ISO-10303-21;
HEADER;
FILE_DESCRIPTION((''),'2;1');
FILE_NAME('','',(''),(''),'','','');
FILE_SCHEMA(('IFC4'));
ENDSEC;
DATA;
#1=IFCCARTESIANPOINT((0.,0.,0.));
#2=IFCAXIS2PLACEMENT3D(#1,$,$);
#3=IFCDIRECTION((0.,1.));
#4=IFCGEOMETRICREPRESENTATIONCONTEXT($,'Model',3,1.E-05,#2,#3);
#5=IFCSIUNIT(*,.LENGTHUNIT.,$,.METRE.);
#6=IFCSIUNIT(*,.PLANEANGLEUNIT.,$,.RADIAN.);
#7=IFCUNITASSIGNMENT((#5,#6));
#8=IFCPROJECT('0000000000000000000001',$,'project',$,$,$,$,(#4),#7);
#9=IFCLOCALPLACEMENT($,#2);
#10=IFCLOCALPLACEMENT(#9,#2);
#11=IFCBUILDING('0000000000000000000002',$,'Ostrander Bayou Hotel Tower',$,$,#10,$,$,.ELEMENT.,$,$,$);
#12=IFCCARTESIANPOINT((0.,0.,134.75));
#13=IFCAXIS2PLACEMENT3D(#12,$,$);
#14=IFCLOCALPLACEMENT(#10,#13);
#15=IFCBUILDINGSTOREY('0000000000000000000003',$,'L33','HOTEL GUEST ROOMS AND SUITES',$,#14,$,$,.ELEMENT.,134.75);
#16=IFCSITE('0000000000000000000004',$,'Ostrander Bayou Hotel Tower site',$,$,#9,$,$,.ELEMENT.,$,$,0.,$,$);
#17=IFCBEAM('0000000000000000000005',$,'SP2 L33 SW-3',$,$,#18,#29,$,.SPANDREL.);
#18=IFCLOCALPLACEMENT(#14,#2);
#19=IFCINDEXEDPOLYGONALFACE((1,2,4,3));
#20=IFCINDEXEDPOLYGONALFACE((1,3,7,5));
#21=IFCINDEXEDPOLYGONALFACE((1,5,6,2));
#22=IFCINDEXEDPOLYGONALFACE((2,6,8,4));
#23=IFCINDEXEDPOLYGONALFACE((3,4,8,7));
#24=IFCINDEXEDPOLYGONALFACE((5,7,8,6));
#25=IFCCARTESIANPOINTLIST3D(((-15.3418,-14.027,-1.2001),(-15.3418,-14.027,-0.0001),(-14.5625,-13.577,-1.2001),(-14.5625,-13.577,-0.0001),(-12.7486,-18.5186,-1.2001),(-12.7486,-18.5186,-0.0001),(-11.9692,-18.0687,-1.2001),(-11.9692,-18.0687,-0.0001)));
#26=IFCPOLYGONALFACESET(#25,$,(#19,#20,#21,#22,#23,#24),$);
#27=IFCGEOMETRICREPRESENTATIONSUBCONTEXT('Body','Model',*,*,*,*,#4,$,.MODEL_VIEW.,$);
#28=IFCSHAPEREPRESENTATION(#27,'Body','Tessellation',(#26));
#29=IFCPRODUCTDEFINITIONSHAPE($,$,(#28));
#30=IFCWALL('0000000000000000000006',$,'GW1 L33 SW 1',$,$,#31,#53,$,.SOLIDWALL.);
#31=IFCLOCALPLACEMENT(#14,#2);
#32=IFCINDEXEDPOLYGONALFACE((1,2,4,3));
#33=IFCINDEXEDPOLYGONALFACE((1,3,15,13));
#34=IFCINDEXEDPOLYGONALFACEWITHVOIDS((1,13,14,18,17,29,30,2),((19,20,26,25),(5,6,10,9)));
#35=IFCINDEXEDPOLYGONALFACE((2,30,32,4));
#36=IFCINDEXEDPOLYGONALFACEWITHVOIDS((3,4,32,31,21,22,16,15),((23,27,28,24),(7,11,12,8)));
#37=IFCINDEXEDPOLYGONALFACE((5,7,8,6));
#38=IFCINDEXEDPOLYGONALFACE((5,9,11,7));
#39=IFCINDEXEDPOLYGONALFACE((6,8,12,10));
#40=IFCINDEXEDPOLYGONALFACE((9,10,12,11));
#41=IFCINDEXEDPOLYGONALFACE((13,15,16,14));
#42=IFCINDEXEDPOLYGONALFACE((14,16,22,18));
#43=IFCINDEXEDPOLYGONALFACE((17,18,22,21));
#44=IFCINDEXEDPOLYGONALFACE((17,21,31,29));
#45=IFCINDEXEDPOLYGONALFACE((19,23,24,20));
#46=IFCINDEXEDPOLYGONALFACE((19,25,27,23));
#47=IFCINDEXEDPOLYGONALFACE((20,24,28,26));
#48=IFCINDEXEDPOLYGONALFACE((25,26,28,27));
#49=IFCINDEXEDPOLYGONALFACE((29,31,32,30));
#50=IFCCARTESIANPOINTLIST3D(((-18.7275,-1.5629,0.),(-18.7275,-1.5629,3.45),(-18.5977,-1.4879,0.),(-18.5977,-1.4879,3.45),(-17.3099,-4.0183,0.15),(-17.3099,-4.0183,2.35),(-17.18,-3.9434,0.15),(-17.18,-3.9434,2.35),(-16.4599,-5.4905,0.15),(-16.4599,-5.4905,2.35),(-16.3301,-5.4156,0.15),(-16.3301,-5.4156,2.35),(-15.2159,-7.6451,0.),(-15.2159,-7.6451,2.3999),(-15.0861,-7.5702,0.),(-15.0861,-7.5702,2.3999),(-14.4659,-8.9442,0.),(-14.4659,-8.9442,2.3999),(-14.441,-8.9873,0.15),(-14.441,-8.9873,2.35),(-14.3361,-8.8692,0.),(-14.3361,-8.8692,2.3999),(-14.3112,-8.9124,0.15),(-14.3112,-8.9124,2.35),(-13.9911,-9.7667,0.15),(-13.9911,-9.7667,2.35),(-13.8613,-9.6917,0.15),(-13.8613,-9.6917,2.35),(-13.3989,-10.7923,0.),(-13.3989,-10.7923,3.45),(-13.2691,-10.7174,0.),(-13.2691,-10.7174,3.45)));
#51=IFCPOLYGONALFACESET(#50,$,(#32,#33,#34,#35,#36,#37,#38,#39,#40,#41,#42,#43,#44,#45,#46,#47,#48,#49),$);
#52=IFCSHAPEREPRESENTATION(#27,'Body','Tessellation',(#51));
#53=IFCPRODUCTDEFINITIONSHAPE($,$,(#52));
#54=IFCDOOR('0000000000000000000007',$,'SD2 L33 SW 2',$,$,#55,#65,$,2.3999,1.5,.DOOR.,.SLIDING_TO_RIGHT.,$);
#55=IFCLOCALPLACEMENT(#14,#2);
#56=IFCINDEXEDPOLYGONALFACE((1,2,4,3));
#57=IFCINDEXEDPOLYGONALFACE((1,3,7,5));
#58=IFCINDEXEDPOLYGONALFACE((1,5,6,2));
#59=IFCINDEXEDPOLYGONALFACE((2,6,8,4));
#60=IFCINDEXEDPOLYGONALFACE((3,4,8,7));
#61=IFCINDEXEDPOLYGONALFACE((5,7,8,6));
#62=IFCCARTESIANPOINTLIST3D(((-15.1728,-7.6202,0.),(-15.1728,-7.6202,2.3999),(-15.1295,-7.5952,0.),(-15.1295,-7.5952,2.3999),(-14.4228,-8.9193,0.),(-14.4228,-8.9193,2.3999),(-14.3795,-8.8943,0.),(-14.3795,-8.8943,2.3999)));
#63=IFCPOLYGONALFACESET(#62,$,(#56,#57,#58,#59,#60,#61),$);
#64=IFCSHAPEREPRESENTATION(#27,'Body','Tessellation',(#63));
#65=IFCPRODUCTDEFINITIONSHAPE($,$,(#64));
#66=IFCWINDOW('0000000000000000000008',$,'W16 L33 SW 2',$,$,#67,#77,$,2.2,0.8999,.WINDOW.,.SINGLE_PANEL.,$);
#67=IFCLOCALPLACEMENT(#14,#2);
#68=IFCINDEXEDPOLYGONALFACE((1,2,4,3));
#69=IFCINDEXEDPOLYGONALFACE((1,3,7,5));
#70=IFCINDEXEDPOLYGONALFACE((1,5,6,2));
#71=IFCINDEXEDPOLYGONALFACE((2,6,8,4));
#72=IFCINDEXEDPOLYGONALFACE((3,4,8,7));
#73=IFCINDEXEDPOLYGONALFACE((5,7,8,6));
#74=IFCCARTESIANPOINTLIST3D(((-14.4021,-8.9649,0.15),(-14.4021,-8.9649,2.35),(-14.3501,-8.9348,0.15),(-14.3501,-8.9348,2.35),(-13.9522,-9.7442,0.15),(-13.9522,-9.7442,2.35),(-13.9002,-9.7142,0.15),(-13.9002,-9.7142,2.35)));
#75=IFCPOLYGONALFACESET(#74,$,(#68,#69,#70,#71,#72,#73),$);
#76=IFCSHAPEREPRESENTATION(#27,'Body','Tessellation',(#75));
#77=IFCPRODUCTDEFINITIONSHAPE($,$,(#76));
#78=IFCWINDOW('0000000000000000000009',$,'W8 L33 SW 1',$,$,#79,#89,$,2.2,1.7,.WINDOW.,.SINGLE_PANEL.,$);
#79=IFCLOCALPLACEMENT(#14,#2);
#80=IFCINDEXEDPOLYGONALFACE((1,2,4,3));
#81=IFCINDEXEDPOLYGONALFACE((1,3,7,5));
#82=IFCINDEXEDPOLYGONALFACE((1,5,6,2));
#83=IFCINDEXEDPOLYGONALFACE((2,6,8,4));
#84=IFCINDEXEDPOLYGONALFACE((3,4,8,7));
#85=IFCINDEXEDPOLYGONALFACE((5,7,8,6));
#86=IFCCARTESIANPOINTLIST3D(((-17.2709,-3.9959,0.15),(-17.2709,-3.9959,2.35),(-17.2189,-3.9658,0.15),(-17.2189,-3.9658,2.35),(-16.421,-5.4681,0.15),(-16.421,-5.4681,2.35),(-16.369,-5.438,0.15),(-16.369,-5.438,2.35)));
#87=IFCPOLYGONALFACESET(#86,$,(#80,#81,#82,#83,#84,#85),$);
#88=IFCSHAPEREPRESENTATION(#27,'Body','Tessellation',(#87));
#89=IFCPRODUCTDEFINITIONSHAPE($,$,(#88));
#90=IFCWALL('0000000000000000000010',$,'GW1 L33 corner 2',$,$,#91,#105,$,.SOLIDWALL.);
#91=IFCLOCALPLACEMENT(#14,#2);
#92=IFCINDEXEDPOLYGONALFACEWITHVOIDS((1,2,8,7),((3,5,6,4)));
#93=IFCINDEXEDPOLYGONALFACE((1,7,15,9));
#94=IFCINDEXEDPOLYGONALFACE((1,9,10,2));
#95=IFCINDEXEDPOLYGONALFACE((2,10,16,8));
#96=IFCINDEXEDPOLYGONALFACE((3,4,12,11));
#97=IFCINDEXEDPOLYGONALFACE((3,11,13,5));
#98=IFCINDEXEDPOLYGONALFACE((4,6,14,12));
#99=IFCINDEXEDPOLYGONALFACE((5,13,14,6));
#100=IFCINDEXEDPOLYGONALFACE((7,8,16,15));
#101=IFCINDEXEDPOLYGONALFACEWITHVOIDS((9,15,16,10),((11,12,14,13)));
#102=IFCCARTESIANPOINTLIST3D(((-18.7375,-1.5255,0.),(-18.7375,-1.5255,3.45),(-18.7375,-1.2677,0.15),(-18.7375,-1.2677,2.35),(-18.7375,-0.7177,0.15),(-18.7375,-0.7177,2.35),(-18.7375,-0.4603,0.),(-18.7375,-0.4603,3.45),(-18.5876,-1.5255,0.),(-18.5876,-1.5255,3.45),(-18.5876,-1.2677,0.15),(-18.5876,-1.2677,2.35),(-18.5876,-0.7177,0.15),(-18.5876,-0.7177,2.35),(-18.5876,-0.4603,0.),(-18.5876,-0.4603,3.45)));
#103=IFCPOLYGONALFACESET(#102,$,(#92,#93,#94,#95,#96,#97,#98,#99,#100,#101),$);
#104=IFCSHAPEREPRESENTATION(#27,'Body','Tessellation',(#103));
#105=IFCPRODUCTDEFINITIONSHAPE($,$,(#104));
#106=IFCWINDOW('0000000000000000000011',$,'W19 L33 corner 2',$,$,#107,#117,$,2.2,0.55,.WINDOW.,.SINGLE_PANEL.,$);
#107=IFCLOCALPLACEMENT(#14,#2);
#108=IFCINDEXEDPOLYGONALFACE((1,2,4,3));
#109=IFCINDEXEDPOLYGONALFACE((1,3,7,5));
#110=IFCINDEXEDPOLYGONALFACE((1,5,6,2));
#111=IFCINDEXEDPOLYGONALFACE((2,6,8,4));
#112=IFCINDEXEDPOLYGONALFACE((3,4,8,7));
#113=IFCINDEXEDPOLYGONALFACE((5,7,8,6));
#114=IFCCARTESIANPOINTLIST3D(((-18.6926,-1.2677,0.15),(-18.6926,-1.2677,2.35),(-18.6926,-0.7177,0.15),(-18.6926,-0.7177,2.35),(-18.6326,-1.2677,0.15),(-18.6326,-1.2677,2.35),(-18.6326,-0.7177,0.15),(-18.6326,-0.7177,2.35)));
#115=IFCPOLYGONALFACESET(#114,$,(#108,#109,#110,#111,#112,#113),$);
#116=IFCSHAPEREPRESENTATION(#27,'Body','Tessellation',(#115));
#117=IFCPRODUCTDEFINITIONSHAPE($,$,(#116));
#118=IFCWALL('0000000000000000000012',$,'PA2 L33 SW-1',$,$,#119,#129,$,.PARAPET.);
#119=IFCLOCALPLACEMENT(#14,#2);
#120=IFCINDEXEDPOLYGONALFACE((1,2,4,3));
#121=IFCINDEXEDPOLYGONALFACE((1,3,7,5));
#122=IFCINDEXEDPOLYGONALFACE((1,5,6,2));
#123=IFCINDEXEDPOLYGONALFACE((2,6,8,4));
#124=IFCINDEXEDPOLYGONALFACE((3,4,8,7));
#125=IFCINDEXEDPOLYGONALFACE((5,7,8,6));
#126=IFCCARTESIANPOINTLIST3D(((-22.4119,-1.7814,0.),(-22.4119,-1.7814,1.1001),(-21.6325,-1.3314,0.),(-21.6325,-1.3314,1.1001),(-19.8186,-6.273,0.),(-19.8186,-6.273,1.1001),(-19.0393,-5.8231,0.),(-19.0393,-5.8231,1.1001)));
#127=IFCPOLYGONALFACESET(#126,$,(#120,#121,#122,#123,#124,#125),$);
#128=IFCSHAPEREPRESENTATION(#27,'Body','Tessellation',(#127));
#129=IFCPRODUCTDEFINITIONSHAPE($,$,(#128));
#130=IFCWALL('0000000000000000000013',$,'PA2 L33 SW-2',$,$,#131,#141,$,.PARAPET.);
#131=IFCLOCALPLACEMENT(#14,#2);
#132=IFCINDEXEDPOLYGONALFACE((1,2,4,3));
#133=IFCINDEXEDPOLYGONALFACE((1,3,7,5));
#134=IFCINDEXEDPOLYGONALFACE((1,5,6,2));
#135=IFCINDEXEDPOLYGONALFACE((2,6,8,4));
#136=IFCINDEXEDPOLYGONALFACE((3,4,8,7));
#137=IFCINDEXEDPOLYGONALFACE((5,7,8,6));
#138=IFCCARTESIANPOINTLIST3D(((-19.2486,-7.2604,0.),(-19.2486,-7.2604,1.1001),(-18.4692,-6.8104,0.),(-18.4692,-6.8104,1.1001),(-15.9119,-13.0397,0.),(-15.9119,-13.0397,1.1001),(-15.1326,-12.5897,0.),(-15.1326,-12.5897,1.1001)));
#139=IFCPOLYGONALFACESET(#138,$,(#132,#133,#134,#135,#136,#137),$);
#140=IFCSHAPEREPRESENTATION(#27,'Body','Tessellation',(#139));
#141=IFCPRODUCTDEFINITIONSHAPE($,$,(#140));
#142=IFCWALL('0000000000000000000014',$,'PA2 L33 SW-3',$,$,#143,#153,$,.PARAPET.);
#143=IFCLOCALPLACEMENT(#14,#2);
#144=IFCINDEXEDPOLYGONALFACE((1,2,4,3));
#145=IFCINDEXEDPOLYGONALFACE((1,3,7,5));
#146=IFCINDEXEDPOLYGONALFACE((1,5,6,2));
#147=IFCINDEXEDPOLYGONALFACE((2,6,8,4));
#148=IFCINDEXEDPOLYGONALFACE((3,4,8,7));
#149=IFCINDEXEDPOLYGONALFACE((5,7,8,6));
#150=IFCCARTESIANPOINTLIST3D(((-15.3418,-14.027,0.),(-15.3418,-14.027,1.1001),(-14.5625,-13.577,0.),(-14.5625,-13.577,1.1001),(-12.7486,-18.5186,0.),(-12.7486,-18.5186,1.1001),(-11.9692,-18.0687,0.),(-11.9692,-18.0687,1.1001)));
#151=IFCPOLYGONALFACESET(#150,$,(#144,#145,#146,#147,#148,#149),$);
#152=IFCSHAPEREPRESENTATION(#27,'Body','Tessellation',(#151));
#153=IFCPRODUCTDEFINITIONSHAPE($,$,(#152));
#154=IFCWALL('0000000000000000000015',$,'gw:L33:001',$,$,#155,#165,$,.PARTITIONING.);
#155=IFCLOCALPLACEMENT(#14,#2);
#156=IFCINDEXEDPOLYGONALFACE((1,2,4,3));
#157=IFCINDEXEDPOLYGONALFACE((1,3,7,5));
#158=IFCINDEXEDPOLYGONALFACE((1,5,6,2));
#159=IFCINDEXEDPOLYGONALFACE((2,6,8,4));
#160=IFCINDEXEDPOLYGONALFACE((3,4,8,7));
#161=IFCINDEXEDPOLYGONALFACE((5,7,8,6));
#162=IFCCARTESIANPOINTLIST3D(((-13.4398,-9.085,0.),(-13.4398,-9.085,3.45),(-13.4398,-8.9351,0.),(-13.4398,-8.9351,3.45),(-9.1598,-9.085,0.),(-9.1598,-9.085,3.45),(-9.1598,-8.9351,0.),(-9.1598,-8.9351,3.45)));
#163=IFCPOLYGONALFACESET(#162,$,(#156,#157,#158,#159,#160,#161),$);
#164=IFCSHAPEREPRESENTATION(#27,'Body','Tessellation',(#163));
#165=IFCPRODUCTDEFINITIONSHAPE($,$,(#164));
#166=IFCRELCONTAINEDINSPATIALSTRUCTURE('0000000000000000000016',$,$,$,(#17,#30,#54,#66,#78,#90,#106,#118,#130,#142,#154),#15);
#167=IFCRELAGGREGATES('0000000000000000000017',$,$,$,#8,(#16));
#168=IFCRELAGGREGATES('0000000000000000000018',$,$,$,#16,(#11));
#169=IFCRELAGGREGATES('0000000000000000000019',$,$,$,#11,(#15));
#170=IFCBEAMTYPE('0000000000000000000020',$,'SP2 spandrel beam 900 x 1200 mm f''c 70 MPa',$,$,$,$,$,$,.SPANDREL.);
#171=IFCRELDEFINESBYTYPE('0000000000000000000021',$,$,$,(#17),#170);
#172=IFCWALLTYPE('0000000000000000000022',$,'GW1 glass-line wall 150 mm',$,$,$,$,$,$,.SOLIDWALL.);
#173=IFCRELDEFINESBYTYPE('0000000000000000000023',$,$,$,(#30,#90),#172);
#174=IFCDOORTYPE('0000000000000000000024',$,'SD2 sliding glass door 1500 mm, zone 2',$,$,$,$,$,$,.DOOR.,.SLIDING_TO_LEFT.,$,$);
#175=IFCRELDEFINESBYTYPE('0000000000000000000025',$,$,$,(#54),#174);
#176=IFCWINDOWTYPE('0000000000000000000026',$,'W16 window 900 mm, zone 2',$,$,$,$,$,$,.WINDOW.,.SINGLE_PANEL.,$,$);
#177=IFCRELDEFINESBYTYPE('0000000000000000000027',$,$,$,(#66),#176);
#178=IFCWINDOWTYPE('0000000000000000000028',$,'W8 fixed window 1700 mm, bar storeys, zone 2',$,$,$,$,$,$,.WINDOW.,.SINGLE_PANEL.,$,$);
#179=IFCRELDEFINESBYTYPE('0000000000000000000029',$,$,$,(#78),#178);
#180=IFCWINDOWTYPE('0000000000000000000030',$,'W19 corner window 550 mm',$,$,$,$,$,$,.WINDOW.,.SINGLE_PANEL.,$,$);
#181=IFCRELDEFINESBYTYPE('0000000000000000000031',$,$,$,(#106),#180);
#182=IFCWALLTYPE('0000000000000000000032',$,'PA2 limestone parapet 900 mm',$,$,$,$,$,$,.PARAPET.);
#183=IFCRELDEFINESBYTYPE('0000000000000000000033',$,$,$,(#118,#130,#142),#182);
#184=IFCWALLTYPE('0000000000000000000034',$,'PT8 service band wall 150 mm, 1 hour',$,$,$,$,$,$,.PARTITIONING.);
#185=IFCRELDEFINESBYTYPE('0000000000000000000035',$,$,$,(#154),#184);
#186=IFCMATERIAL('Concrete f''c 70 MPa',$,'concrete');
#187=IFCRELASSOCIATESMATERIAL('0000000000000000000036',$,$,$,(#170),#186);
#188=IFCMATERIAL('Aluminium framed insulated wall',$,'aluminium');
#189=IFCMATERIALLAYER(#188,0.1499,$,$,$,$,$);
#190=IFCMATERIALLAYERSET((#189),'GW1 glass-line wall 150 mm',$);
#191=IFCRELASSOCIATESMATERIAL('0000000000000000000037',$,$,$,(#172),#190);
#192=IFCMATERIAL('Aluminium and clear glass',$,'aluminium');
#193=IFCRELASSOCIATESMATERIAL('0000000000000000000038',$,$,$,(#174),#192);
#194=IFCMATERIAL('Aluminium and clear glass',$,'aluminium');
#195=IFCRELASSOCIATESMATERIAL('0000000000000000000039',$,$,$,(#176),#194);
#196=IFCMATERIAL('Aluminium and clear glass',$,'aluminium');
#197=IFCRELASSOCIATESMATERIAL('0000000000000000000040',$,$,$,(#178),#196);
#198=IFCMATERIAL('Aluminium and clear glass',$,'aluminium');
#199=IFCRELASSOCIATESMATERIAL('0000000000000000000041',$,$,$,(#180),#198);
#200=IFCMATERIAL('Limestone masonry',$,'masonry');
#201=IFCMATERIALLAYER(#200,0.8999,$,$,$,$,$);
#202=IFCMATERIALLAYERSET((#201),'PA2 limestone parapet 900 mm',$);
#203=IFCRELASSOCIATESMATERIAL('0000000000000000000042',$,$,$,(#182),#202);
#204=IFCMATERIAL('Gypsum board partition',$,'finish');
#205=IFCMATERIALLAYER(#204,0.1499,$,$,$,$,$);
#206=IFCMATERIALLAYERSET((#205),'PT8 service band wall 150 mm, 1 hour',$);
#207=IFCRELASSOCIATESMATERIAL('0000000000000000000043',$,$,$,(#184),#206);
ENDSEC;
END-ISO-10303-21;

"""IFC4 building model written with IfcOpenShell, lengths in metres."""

from ifc_helpers import new_model, si_unit, direction, frame, frame_2d, origin, origin_2d, place, context, subcontext, project, spatial, rectangle, extrude, material, layer, layer_set, material_profile, profile_set, type_object, element, fill, save


model = new_model("IFC4")

# Units and contexts
model_context = context("Model", 3, precision=1e-05, world=origin(), true_north=direction((0.0, 1.0)))
body_context = subcontext(model_context, "Body", "Model", "MODEL_VIEW")
ifc_project = project(units=[si_unit("LENGTHUNIT", "METRE"), si_unit("PLANEANGLEUNIT", "RADIAN")], contexts=[model_context])

# Site, building, storey
site_placement = place(None, origin())
site = spatial("IfcSite", under=ifc_project, at=site_placement, Name="Ostrander Bayou Hotel Tower site", CompositionType="ELEMENT", RefElevation=0.0)
building_placement = place(site_placement, origin())
building = spatial("IfcBuilding", under=site, at=building_placement, Name="Ostrander Bayou Hotel Tower", CompositionType="ELEMENT")
storey_placement = place(building_placement, frame((0.0, 0.0, 134.75)))
storey = spatial("IfcBuildingStorey", under=building, at=storey_placement, Name="L33", Description="HOTEL GUEST ROOMS AND SUITES", CompositionType="ELEMENT", Elevation=134.75)

# Beam
ifc_material_1 = material(Name="Concrete f'c 70 MPa", Category="concrete")
ifc_material_profile_1 = material_profile(ifc_material_1, rectangle(XDim=0.8999, YDim=1.2, at=origin_2d()))
ifc_profile_set_1 = profile_set([ifc_material_profile_1], Name="Concrete f'c 70 MPa")
beam_type_1 = type_object("IfcBeamType", Name="SP2 spandrel beam 900 x 1200 mm f'c 70 MPa", PredefinedType="SPANDREL", material=ifc_profile_set_1)
beam_1_placement = place(storey_placement, frame((-14.9521, -13.802, -0.6001), z_axis=(0.499997, -0.866027, 0.0), x_axis=(0.866027, 0.499997, 0.0)))
element("IfcBeam", 1, at=beam_1_placement, inside=storey, type_object=beam_type_1, Name="SP2 L33 SW-3", PredefinedType="SPANDREL", context=body_context, shape_type="SweptSolid", body=[
    extrude(rectangle(XDim=0.8999, YDim=1.2, at=origin_2d()), origin(), (0.0, 0.0, 1.0), 5.1865),
])

# Wall, openings, door, windows
ifc_material_2 = material(Name="Aluminium framed insulated wall", Category="aluminium")
ifc_layer_1 = layer(ifc_material_2, 0.1499)
ifc_layer_set_1 = layer_set([ifc_layer_1], Name="GW1 glass-line wall 150 mm")
wall_type_1 = type_object("IfcWallType", Name="GW1 glass-line wall 150 mm", PredefinedType="SOLIDWALL", material=ifc_layer_set_1)
wall_1_placement = place(storey_placement, frame((-18.6626, -1.5254, 0.0), z_axis=(0.0, 0.0, 1.0), x_axis=(0.499997, -0.866027, 0.0)))
wall_1 = element("IfcWall", 2, at=wall_1_placement, inside=storey, type_object=wall_type_1, Name="GW1 L33 SW 1", PredefinedType="SOLIDWALL", context=body_context, shape_type="SweptSolid", body=[
    extrude(rectangle(XDim=10.6572, YDim=0.1499, at=frame_2d((5.3286, 0.0))), origin(), (0.0, 0.0, 1.0), 3.45),
])
opening_1_placement = place(wall_1_placement, frame((2.8352, 0.0, 0.1499)))
opening_1 = element("IfcOpeningElement", 3, at=opening_1_placement, cuts=wall_1, PredefinedType="OPENING", context=body_context, shape_type="SweptSolid", body=[
    extrude(rectangle(XDim=1.7, YDim=2.2, at=frame_2d((0.8501, 1.1001))), frame((0.0, 0.075, 0.0), z_axis=(0.0, -1.0, 0.0), x_axis=(1.0, 0.0, 0.0)), (0.0, 0.0, 1.0), 0.1499),
])
opening_2_placement = place(wall_1_placement, frame((8.573, 0.0, 0.1499)))
opening_2 = element("IfcOpeningElement", 4, at=opening_2_placement, cuts=wall_1, PredefinedType="OPENING", context=body_context, shape_type="SweptSolid", body=[
    extrude(rectangle(XDim=0.8999, YDim=2.2, at=frame_2d((0.45, 1.1001))), frame((0.0, 0.075, 0.0), z_axis=(0.0, -1.0, 0.0), x_axis=(1.0, 0.0, 0.0)), (0.0, 0.0, 1.0), 0.1499),
])
opening_3_placement = place(wall_1_placement, frame((7.0232, 0.0, 0.0)))
opening_3 = element("IfcOpeningElement", 5, at=opening_3_placement, cuts=wall_1, PredefinedType="OPENING", context=body_context, shape_type="SweptSolid", body=[
    extrude(rectangle(XDim=1.5, YDim=2.3999, at=frame_2d((0.75, 1.2))), frame((0.0, 0.075, 0.0), z_axis=(0.0, -1.0, 0.0), x_axis=(1.0, 0.0, 0.0)), (0.0, 0.0, 1.0), 0.1499),
])
ifc_material_3 = material(Name="Aluminium and clear glass", Category="aluminium")
door_type_1 = type_object("IfcDoorType", Name="SD2 sliding glass door 1500 mm, zone 2", OperationType="SLIDING_TO_LEFT", PredefinedType="DOOR", material=ifc_material_3)
door_1_placement = place(opening_3_placement, origin())
door_1 = element("IfcDoor", 6, at=door_1_placement, inside=storey, type_object=door_type_1, Name="SD2 L33 SW 2", OperationType="SLIDING_TO_RIGHT", OverallHeight=2.3999, OverallWidth=1.5, PredefinedType="DOOR", context=body_context, shape_type="SweptSolid", body=[
    extrude(rectangle(XDim=1.5, YDim=2.3999, at=frame_2d((0.75, 1.2))), frame((0.0, 0.0249, 0.0), z_axis=(0.0, -1.0, 0.0), x_axis=(1.0, 0.0, 0.0)), (0.0, 0.0, 1.0), 0.05),
])
fill(opening_3, door_1)
ifc_material_4 = material(Name="Aluminium and clear glass", Category="aluminium")
window_type_1 = type_object("IfcWindowType", Name="W16 window 900 mm, zone 2", PartitioningType="SINGLE_PANEL", PredefinedType="WINDOW", material=ifc_material_4)
window_1_placement = place(opening_2_placement, origin())
window_1 = element("IfcWindow", 7, at=window_1_placement, inside=storey, type_object=window_type_1, Name="W16 L33 SW 2", OverallHeight=2.2, OverallWidth=0.8999, PartitioningType="SINGLE_PANEL", PredefinedType="WINDOW", context=body_context, shape_type="SweptSolid", body=[
    extrude(rectangle(XDim=0.8999, YDim=2.2, at=frame_2d((0.45, 1.1001))), frame((0.0, 0.03, 0.0), z_axis=(0.0, -1.0, 0.0), x_axis=(1.0, 0.0, 0.0)), (0.0, 0.0, 1.0), 0.0601),
])
fill(opening_2, window_1)
ifc_material_5 = material(Name="Aluminium and clear glass", Category="aluminium")
window_type_2 = type_object("IfcWindowType", Name="W8 fixed window 1700 mm, bar storeys, zone 2", PartitioningType="SINGLE_PANEL", PredefinedType="WINDOW", material=ifc_material_5)
window_2_placement = place(opening_1_placement, origin())
window_2 = element("IfcWindow", 8, at=window_2_placement, inside=storey, type_object=window_type_2, Name="W8 L33 SW 1", OverallHeight=2.2, OverallWidth=1.7, PartitioningType="SINGLE_PANEL", PredefinedType="WINDOW", context=body_context, shape_type="SweptSolid", body=[
    extrude(rectangle(XDim=1.7, YDim=2.2, at=frame_2d((0.8501, 1.1001))), frame((0.0, 0.03, 0.0), z_axis=(0.0, -1.0, 0.0), x_axis=(1.0, 0.0, 0.0)), (0.0, 0.0, 1.0), 0.0601),
])
fill(opening_1, window_2)

# Wall, opening, window
wall_2_placement = place(storey_placement, frame((-18.6626, -0.4602, 0.0), z_axis=(0.0, 0.0, 1.0), x_axis=(0.0, -1.0, 0.0)))
wall_2 = element("IfcWall", 9, at=wall_2_placement, inside=storey, type_object=wall_type_1, Name="GW1 L33 corner 2", PredefinedType="SOLIDWALL", context=body_context, shape_type="SweptSolid", body=[
    extrude(rectangle(XDim=1.0652, YDim=0.1499, at=frame_2d((0.5327, 0.0))), origin(), (0.0, 0.0, 1.0), 3.45),
])
opening_4_placement = place(wall_2_placement, frame((0.2576, 0.0, 0.1499)))
opening_4 = element("IfcOpeningElement", 10, at=opening_4_placement, cuts=wall_2, PredefinedType="OPENING", context=body_context, shape_type="SweptSolid", body=[
    extrude(rectangle(XDim=0.55, YDim=2.2, at=frame_2d((0.2749, 1.1001))), frame((0.0, 0.075, 0.0), z_axis=(0.0, -1.0, 0.0), x_axis=(1.0, 0.0, 0.0)), (0.0, 0.0, 1.0), 0.1499),
])
ifc_material_6 = material(Name="Aluminium and clear glass", Category="aluminium")
window_type_3 = type_object("IfcWindowType", Name="W19 corner window 550 mm", PartitioningType="SINGLE_PANEL", PredefinedType="WINDOW", material=ifc_material_6)
window_3_placement = place(opening_4_placement, origin())
window_3 = element("IfcWindow", 11, at=window_3_placement, inside=storey, type_object=window_type_3, Name="W19 L33 corner 2", OverallHeight=2.2, OverallWidth=0.55, PartitioningType="SINGLE_PANEL", PredefinedType="WINDOW", context=body_context, shape_type="SweptSolid", body=[
    extrude(rectangle(XDim=0.55, YDim=2.2, at=frame_2d((0.2749, 1.1001))), frame((0.0, 0.03, 0.0), z_axis=(0.0, -1.0, 0.0), x_axis=(1.0, 0.0, 0.0)), (0.0, 0.0, 1.0), 0.0601),
])
fill(opening_4, window_3)

# Walls
ifc_material_7 = material(Name="Limestone masonry", Category="masonry")
ifc_layer_2 = layer(ifc_material_7, 0.8999)
ifc_layer_set_2 = layer_set([ifc_layer_2], Name="PA2 limestone parapet 900 mm")
wall_type_2 = type_object("IfcWallType", Name="PA2 limestone parapet 900 mm", PredefinedType="PARAPET", material=ifc_layer_set_2)
wall_3_placement = place(storey_placement, frame((-22.0222, -1.5564, 0.0), z_axis=(0.0, 0.0, 1.0), x_axis=(0.499997, -0.866027, 0.0)))
element("IfcWall", 12, at=wall_3_placement, inside=storey, type_object=wall_type_2, Name="PA2 L33 SW-1", PredefinedType="PARAPET", context=body_context, shape_type="SweptSolid", body=[
    extrude(rectangle(XDim=5.1865, YDim=0.8999, at=frame_2d((2.5933, 0.0))), origin(), (0.0, 0.0, 1.0), 1.1001),
])
wall_4_placement = place(storey_placement, frame((-18.8589, -7.0354, 0.0), z_axis=(0.0, 0.0, 1.0), x_axis=(0.499999, -0.866026, 0.0)))
element("IfcWall", 13, at=wall_4_placement, inside=storey, type_object=wall_type_2, Name="PA2 L33 SW-2", PredefinedType="PARAPET", context=body_context, shape_type="SweptSolid", body=[
    extrude(rectangle(XDim=6.6733, YDim=0.8999, at=frame_2d((3.3367, 0.0))), origin(), (0.0, 0.0, 1.0), 1.1001),
])
wall_5_placement = place(storey_placement, frame((-14.9521, -13.802, 0.0), z_axis=(0.0, 0.0, 1.0), x_axis=(0.499997, -0.866027, 0.0)))
element("IfcWall", 14, at=wall_5_placement, inside=storey, type_object=wall_type_2, Name="PA2 L33 SW-3", PredefinedType="PARAPET", context=body_context, shape_type="SweptSolid", body=[
    extrude(rectangle(XDim=5.1865, YDim=0.8999, at=frame_2d((2.5933, 0.0))), origin(), (0.0, 0.0, 1.0), 1.1001),
])
ifc_material_8 = material(Name="Gypsum board partition", Category="finish")
ifc_layer_3 = layer(ifc_material_8, 0.1499)
ifc_layer_set_3 = layer_set([ifc_layer_3], Name="PT8 service band wall 150 mm, 1 hour")
wall_type_3 = type_object("IfcWallType", Name="PT8 service band wall 150 mm, 1 hour", PredefinedType="PARTITIONING", material=ifc_layer_set_3)
wall_6_placement = place(storey_placement, frame((-13.4399, -9.01, 0.0), z_axis=(0.0, 0.0, 1.0), x_axis=(1.0, 0.0, 0.0)))
element("IfcWall", 15, at=wall_6_placement, inside=storey, type_object=wall_type_3, Name="gw:L33:001", PredefinedType="PARTITIONING", context=body_context, shape_type="SweptSolid", body=[
    extrude(rectangle(XDim=4.28, YDim=0.1499, at=frame_2d((2.1401, 0.0))), origin(), (0.0, 0.0, 1.0), 3.45),
])

save(model, "model.ifc")
